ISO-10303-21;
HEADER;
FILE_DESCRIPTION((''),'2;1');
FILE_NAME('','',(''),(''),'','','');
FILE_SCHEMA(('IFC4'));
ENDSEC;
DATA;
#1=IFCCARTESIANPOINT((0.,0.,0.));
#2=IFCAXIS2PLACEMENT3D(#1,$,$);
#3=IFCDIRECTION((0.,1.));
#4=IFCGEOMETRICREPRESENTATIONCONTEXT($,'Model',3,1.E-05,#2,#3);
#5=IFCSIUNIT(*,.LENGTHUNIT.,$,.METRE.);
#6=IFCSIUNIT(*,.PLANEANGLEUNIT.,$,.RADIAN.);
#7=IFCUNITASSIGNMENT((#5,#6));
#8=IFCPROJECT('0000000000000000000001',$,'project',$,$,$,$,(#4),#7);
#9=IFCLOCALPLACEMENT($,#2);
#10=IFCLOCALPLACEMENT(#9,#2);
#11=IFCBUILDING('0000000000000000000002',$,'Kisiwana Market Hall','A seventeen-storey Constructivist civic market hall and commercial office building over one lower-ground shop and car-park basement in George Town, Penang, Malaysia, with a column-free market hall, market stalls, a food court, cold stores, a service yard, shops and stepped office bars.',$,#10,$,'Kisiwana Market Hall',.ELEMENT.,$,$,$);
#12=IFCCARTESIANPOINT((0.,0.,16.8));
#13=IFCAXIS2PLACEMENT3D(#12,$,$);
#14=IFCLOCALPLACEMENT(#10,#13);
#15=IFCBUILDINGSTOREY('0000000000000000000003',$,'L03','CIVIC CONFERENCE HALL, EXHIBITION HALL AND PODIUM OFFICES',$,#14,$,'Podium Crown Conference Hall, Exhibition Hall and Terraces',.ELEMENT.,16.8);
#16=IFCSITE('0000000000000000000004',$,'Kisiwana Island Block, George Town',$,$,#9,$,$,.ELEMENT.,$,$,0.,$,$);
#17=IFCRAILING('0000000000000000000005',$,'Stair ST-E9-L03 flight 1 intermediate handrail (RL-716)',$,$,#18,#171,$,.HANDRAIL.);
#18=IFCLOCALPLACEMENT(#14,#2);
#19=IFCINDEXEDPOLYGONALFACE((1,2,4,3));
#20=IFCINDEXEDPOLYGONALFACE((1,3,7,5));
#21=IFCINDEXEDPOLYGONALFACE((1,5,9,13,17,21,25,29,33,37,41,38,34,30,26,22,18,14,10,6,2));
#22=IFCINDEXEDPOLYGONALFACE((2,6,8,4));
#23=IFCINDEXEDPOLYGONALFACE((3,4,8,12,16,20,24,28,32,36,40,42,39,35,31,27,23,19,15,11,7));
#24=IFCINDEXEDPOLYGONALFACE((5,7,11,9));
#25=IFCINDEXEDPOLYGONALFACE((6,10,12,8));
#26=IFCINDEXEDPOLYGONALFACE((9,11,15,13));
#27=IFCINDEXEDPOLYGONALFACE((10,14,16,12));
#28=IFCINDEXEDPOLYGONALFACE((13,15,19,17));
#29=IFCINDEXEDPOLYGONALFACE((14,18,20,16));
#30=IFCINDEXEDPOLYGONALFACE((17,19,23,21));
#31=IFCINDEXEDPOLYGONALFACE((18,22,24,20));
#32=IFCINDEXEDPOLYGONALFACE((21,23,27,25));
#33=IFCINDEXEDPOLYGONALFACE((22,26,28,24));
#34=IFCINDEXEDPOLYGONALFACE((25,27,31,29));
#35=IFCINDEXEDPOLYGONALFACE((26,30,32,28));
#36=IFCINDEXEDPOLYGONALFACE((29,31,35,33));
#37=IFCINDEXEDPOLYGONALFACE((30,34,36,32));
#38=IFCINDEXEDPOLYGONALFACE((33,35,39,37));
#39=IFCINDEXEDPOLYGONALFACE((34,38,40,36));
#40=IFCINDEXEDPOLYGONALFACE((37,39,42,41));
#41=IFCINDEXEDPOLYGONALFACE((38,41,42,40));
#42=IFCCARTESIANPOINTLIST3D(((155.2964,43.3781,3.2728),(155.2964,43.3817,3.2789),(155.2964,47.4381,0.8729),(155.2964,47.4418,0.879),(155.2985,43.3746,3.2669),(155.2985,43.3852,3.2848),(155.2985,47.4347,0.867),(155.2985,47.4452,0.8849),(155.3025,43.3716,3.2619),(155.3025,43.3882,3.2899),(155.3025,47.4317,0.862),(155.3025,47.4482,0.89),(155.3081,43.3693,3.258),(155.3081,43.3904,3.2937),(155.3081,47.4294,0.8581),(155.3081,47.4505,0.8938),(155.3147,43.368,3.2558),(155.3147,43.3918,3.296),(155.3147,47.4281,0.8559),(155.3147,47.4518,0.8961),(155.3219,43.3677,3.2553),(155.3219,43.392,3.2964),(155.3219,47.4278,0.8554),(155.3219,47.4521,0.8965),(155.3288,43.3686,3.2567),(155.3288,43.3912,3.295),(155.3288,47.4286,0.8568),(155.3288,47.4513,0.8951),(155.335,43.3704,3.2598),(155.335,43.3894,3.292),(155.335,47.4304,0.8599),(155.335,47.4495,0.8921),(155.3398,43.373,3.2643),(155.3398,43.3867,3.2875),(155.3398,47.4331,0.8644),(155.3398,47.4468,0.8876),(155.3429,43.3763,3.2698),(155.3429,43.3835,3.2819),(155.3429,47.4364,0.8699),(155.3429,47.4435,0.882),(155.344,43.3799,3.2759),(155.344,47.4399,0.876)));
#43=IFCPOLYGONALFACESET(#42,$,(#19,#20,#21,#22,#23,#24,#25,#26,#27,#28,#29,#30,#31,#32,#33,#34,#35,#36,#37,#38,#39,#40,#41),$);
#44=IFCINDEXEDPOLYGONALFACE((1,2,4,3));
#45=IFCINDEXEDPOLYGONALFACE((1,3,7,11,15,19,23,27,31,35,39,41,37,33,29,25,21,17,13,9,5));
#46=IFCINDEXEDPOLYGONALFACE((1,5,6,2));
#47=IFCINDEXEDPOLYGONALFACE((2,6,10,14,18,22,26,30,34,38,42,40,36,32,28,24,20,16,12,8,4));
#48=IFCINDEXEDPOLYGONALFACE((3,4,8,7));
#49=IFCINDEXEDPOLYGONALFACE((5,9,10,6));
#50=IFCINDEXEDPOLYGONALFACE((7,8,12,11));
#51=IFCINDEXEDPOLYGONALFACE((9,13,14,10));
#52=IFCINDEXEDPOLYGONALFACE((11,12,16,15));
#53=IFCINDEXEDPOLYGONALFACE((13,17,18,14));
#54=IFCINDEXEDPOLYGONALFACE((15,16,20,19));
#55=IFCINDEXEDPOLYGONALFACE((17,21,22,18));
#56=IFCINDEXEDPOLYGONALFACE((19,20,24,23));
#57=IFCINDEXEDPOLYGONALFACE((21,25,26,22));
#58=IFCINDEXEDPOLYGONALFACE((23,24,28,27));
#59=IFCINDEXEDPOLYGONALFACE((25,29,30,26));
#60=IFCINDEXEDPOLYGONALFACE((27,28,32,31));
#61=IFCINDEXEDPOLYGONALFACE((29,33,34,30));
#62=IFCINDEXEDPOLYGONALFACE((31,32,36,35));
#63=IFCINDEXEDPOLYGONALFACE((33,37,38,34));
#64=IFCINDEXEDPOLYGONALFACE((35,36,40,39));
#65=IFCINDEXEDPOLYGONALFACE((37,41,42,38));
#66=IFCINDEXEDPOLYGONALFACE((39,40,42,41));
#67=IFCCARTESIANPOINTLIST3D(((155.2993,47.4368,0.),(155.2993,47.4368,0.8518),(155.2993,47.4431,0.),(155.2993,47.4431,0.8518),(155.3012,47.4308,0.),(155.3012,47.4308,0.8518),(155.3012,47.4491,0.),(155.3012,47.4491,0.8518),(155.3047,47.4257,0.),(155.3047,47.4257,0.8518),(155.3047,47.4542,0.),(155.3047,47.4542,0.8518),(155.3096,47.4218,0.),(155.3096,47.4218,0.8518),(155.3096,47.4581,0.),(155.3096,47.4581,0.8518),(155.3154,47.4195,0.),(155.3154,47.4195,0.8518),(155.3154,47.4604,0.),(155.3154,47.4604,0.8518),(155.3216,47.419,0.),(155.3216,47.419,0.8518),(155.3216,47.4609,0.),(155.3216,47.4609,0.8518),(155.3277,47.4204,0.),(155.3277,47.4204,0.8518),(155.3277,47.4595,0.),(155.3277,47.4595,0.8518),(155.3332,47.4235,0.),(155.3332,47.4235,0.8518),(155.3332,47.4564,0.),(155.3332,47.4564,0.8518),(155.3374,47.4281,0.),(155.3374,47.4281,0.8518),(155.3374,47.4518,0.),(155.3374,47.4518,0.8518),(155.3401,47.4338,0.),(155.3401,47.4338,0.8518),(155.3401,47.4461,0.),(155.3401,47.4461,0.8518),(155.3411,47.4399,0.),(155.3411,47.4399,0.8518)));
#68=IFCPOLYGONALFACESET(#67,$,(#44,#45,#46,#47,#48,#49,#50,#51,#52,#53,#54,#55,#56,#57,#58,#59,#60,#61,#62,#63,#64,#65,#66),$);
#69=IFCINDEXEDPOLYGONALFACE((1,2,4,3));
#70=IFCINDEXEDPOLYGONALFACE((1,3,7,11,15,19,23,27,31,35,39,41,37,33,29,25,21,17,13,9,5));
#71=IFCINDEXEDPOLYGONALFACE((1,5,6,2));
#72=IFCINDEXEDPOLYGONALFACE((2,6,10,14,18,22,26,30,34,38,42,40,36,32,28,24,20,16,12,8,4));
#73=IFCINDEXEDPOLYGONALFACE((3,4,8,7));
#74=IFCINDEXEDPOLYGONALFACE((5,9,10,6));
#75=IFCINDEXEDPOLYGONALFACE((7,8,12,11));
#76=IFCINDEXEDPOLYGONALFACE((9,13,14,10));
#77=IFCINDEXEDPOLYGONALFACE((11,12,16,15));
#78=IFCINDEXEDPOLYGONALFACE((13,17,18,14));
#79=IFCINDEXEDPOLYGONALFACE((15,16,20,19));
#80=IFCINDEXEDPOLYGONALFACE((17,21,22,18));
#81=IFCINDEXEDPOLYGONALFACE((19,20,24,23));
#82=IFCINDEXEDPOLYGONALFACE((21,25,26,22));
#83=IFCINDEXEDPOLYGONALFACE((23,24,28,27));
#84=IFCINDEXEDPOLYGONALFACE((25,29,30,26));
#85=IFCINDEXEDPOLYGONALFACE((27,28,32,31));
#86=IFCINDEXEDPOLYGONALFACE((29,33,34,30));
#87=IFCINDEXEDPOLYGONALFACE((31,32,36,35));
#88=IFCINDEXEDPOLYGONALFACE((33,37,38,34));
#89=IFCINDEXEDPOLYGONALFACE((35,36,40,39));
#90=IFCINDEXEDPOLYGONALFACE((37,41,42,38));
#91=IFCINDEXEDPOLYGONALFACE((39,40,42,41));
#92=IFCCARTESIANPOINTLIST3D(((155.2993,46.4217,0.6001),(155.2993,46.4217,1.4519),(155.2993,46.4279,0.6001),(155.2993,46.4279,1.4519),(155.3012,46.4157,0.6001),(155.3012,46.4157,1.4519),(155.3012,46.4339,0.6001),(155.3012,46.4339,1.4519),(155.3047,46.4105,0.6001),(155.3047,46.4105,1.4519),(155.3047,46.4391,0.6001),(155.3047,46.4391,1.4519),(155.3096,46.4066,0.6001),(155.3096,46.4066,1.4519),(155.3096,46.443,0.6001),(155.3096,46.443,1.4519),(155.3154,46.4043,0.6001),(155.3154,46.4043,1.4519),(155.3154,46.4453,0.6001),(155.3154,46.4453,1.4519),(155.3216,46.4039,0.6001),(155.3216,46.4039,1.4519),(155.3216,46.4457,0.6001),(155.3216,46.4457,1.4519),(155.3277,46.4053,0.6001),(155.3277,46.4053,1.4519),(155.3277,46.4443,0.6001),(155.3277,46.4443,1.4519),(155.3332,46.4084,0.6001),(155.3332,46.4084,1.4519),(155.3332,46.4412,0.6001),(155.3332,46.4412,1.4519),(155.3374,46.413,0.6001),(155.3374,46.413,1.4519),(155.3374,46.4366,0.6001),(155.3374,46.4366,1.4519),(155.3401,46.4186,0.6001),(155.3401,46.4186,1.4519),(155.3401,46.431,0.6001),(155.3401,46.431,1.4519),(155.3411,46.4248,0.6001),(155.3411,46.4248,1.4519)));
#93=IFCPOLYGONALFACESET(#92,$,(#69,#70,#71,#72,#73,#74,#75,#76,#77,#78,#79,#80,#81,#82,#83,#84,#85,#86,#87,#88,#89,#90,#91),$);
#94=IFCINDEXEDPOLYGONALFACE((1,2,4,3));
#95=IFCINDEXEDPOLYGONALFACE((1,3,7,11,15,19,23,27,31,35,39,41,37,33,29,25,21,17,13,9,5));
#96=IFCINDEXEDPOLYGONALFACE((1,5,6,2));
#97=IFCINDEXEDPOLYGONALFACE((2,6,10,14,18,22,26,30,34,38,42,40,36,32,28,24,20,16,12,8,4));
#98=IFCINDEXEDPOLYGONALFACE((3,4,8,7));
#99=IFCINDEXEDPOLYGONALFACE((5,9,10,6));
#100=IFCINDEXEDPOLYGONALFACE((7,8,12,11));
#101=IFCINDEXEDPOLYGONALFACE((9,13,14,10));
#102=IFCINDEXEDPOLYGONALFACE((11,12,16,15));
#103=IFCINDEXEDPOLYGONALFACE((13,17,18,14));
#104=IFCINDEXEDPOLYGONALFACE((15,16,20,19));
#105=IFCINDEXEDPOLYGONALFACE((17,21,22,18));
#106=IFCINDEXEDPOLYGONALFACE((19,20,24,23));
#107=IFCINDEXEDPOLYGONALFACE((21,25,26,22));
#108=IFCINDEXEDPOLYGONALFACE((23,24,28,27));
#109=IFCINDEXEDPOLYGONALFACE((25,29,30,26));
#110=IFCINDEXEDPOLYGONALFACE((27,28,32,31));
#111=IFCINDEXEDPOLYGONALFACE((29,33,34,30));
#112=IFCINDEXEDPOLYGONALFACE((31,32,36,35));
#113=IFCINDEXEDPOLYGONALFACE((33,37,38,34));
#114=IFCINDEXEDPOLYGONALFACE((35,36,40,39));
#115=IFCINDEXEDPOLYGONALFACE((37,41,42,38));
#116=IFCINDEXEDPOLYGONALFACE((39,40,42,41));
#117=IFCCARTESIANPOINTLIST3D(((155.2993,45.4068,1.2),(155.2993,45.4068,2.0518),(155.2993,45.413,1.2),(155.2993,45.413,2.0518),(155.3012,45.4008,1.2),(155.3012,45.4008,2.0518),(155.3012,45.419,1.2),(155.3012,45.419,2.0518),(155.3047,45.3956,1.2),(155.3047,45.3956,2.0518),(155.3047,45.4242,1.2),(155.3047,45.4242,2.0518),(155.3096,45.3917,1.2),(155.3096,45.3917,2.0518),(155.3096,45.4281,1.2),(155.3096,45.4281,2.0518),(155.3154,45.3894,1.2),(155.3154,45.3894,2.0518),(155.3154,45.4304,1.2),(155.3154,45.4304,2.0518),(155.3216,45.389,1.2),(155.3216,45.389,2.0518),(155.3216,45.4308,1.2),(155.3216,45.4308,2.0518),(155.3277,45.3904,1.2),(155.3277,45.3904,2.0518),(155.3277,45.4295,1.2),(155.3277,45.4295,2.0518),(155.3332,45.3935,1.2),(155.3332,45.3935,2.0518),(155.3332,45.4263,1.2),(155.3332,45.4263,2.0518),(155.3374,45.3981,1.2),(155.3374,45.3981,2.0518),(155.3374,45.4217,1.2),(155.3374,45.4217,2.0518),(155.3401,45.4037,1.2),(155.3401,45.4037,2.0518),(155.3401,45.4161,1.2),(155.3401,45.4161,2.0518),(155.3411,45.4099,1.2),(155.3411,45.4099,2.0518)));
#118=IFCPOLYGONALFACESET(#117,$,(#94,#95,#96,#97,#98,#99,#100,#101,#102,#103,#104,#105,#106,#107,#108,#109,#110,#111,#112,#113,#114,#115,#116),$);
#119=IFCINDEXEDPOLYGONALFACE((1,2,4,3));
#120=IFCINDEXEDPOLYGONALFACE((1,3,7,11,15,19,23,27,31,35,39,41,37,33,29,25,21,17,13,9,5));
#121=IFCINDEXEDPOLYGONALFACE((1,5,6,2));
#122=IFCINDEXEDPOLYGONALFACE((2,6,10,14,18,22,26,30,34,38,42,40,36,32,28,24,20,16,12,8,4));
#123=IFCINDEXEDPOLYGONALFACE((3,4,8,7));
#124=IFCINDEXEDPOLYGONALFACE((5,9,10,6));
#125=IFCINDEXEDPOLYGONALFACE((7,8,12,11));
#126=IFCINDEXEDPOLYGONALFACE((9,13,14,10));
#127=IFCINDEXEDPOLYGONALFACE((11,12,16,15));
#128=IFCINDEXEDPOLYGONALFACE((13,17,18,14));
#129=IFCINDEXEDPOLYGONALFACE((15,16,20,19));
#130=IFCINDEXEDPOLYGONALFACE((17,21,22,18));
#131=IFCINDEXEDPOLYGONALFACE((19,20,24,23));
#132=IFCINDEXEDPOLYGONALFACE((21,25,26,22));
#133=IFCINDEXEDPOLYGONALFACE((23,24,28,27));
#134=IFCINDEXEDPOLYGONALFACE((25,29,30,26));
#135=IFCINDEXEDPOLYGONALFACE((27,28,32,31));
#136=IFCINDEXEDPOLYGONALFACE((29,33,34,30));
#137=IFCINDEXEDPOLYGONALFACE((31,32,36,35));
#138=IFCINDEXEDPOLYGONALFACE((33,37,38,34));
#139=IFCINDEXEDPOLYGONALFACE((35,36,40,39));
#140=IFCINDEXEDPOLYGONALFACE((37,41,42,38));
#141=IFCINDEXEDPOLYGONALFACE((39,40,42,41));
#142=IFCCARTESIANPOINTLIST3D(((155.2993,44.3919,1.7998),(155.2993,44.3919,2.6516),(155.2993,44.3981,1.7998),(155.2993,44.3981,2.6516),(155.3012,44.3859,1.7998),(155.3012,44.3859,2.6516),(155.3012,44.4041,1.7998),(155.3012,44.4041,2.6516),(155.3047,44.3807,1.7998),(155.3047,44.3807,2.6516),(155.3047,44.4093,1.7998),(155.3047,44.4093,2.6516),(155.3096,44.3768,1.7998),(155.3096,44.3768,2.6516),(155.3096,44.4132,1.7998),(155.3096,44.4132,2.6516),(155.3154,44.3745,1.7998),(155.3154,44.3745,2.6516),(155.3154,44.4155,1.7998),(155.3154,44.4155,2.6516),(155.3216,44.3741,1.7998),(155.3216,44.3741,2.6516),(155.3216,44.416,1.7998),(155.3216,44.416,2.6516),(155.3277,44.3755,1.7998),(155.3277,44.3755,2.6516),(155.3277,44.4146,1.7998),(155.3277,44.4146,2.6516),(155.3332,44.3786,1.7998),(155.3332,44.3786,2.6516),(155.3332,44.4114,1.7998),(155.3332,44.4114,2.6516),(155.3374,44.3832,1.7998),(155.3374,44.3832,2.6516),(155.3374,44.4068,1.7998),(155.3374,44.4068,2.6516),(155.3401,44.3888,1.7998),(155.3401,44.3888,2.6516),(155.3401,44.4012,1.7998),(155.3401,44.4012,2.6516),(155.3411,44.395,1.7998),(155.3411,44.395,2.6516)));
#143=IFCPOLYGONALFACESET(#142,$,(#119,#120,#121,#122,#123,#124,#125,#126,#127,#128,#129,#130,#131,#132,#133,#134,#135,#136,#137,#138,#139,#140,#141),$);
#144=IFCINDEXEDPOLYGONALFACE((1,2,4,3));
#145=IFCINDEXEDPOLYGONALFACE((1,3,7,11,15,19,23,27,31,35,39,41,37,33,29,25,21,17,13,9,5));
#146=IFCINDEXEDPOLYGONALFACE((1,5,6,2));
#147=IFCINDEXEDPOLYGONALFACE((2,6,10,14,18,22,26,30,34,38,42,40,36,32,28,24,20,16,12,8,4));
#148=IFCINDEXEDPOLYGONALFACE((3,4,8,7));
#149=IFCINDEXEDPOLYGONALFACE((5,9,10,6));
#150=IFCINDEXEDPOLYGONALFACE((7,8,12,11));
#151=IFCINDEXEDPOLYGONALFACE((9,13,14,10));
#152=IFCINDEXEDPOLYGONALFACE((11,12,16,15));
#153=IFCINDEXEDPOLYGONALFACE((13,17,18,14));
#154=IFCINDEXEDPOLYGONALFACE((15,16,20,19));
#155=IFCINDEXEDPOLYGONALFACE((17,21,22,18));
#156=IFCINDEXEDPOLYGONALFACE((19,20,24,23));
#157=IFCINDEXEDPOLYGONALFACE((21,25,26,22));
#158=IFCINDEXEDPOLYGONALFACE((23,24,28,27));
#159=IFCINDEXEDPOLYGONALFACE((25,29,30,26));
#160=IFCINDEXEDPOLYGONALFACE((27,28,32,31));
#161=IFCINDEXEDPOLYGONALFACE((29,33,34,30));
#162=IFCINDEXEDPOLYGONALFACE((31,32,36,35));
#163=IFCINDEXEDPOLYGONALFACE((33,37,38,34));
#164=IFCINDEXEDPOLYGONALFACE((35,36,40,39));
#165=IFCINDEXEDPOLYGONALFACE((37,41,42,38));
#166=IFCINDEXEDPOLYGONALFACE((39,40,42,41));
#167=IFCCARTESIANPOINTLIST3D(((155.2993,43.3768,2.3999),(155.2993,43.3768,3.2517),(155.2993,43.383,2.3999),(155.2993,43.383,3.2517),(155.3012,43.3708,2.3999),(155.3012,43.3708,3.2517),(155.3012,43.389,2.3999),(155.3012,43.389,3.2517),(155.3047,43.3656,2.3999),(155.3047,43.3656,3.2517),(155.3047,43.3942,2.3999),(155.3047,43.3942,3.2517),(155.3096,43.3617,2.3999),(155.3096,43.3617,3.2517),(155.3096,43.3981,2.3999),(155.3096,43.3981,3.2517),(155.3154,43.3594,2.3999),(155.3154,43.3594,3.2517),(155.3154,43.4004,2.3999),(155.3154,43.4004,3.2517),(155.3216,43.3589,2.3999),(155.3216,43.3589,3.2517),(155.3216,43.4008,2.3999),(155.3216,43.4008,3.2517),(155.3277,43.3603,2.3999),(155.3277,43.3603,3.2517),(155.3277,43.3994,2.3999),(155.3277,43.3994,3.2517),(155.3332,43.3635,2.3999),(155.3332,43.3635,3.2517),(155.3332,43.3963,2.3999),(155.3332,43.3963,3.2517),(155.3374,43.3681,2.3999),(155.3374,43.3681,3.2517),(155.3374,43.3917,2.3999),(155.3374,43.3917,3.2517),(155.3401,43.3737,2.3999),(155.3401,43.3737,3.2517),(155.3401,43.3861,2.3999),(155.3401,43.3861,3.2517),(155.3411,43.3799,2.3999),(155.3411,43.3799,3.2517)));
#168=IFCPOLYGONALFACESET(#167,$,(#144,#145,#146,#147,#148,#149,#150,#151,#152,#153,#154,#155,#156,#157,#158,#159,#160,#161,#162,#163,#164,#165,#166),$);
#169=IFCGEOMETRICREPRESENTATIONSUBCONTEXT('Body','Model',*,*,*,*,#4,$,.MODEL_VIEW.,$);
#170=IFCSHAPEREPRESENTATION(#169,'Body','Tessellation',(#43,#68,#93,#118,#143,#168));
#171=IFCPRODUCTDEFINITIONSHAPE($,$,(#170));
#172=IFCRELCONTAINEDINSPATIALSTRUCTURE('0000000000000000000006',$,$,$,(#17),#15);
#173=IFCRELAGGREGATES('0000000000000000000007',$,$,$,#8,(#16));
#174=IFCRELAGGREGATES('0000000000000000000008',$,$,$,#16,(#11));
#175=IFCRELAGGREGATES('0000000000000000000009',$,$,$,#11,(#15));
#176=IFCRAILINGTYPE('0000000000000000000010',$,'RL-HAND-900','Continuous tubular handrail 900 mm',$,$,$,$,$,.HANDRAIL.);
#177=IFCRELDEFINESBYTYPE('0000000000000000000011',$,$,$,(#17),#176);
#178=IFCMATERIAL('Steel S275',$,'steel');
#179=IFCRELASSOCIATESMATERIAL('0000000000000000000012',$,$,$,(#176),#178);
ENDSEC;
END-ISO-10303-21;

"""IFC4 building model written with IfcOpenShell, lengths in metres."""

from ifc_helpers import new_model, si_unit, direction, frame, origin, origin_2d, place, context, subcontext, project, spatial, circle, extrude, material, type_object, element, save


model = new_model("IFC4")

# Units and contexts
model_context = context("Model", 3, precision=1e-05, world=origin(), true_north=direction((0.0, 1.0)))
body_context = subcontext(model_context, "Body", "Model", "MODEL_VIEW")
ifc_project = project(units=[si_unit("LENGTHUNIT", "METRE"), si_unit("PLANEANGLEUNIT", "RADIAN")], contexts=[model_context])

# Site, building, storey
site_placement = place(None, origin())
site = spatial("IfcSite", under=ifc_project, at=site_placement, Name="Kisiwana Island Block, George Town", CompositionType="ELEMENT", RefElevation=0.0)
building_placement = place(site_placement, origin())
building = spatial("IfcBuilding", under=site, at=building_placement, Name="Kisiwana Market Hall", Description="A seventeen-storey Constructivist civic market hall and commercial office building over one lower-ground shop and car-park basement in George Town, Penang, Malaysia, with a column-free market hall, market stalls, a food court, cold stores, a service yard, shops and stepped office bars.", LongName="Kisiwana Market Hall", CompositionType="ELEMENT")
storey_placement = place(building_placement, frame((0.0, 0.0, 16.8)))
storey = spatial("IfcBuildingStorey", under=building, at=storey_placement, Name="L03", Description="CIVIC CONFERENCE HALL, EXHIBITION HALL AND PODIUM OFFICES", LongName="Podium Crown Conference Hall, Exhibition Hall and Terraces", CompositionType="ELEMENT", Elevation=16.8)

# Railing
ifc_material_1 = material(Name="Steel S275", Category="steel")
railing_type_1 = type_object("IfcRailingType", Name="RL-HAND-900", Description="Continuous tubular handrail 900 mm", PredefinedType="HANDRAIL", material=ifc_material_1)
railing_1_placement = place(storey_placement, frame((155.3201, 47.4399, 0.0)))
element("IfcRailing", 1, at=railing_1_placement, inside=storey, type_object=railing_type_1, Name="Stair ST-E9-L03 flight 1 intermediate handrail (RL-716)", PredefinedType="HANDRAIL", context=body_context, shape_type="SweptSolid", body=[
    extrude(circle(Radius=0.0239, at=origin_2d()), frame((0.0, 0.0, 0.876), z_axis=(0.0, -0.860854, 0.508851), x_axis=(1.0, 0.0, 0.0)), (0.0, 0.0, 1.0), 4.7163),
    extrude(circle(Radius=0.021, at=origin_2d()), origin(), (0.0, 0.0, 1.0), 0.8518),
    extrude(circle(Radius=0.021, at=origin_2d()), frame((0.0, -1.0151, 0.6001)), (0.0, 0.0, 1.0), 0.8518),
    extrude(circle(Radius=0.021, at=origin_2d()), frame((0.0, -2.03, 1.2)), (0.0, 0.0, 1.0), 0.8518),
    extrude(circle(Radius=0.021, at=origin_2d()), frame((0.0, -3.0449, 1.7998)), (0.0, 0.0, 1.0), 0.8518),
    extrude(circle(Radius=0.021, at=origin_2d()), frame((0.0, -4.0601, 2.3999)), (0.0, 0.0, 1.0), 0.8518),
])

save(model, "model.ifc")
